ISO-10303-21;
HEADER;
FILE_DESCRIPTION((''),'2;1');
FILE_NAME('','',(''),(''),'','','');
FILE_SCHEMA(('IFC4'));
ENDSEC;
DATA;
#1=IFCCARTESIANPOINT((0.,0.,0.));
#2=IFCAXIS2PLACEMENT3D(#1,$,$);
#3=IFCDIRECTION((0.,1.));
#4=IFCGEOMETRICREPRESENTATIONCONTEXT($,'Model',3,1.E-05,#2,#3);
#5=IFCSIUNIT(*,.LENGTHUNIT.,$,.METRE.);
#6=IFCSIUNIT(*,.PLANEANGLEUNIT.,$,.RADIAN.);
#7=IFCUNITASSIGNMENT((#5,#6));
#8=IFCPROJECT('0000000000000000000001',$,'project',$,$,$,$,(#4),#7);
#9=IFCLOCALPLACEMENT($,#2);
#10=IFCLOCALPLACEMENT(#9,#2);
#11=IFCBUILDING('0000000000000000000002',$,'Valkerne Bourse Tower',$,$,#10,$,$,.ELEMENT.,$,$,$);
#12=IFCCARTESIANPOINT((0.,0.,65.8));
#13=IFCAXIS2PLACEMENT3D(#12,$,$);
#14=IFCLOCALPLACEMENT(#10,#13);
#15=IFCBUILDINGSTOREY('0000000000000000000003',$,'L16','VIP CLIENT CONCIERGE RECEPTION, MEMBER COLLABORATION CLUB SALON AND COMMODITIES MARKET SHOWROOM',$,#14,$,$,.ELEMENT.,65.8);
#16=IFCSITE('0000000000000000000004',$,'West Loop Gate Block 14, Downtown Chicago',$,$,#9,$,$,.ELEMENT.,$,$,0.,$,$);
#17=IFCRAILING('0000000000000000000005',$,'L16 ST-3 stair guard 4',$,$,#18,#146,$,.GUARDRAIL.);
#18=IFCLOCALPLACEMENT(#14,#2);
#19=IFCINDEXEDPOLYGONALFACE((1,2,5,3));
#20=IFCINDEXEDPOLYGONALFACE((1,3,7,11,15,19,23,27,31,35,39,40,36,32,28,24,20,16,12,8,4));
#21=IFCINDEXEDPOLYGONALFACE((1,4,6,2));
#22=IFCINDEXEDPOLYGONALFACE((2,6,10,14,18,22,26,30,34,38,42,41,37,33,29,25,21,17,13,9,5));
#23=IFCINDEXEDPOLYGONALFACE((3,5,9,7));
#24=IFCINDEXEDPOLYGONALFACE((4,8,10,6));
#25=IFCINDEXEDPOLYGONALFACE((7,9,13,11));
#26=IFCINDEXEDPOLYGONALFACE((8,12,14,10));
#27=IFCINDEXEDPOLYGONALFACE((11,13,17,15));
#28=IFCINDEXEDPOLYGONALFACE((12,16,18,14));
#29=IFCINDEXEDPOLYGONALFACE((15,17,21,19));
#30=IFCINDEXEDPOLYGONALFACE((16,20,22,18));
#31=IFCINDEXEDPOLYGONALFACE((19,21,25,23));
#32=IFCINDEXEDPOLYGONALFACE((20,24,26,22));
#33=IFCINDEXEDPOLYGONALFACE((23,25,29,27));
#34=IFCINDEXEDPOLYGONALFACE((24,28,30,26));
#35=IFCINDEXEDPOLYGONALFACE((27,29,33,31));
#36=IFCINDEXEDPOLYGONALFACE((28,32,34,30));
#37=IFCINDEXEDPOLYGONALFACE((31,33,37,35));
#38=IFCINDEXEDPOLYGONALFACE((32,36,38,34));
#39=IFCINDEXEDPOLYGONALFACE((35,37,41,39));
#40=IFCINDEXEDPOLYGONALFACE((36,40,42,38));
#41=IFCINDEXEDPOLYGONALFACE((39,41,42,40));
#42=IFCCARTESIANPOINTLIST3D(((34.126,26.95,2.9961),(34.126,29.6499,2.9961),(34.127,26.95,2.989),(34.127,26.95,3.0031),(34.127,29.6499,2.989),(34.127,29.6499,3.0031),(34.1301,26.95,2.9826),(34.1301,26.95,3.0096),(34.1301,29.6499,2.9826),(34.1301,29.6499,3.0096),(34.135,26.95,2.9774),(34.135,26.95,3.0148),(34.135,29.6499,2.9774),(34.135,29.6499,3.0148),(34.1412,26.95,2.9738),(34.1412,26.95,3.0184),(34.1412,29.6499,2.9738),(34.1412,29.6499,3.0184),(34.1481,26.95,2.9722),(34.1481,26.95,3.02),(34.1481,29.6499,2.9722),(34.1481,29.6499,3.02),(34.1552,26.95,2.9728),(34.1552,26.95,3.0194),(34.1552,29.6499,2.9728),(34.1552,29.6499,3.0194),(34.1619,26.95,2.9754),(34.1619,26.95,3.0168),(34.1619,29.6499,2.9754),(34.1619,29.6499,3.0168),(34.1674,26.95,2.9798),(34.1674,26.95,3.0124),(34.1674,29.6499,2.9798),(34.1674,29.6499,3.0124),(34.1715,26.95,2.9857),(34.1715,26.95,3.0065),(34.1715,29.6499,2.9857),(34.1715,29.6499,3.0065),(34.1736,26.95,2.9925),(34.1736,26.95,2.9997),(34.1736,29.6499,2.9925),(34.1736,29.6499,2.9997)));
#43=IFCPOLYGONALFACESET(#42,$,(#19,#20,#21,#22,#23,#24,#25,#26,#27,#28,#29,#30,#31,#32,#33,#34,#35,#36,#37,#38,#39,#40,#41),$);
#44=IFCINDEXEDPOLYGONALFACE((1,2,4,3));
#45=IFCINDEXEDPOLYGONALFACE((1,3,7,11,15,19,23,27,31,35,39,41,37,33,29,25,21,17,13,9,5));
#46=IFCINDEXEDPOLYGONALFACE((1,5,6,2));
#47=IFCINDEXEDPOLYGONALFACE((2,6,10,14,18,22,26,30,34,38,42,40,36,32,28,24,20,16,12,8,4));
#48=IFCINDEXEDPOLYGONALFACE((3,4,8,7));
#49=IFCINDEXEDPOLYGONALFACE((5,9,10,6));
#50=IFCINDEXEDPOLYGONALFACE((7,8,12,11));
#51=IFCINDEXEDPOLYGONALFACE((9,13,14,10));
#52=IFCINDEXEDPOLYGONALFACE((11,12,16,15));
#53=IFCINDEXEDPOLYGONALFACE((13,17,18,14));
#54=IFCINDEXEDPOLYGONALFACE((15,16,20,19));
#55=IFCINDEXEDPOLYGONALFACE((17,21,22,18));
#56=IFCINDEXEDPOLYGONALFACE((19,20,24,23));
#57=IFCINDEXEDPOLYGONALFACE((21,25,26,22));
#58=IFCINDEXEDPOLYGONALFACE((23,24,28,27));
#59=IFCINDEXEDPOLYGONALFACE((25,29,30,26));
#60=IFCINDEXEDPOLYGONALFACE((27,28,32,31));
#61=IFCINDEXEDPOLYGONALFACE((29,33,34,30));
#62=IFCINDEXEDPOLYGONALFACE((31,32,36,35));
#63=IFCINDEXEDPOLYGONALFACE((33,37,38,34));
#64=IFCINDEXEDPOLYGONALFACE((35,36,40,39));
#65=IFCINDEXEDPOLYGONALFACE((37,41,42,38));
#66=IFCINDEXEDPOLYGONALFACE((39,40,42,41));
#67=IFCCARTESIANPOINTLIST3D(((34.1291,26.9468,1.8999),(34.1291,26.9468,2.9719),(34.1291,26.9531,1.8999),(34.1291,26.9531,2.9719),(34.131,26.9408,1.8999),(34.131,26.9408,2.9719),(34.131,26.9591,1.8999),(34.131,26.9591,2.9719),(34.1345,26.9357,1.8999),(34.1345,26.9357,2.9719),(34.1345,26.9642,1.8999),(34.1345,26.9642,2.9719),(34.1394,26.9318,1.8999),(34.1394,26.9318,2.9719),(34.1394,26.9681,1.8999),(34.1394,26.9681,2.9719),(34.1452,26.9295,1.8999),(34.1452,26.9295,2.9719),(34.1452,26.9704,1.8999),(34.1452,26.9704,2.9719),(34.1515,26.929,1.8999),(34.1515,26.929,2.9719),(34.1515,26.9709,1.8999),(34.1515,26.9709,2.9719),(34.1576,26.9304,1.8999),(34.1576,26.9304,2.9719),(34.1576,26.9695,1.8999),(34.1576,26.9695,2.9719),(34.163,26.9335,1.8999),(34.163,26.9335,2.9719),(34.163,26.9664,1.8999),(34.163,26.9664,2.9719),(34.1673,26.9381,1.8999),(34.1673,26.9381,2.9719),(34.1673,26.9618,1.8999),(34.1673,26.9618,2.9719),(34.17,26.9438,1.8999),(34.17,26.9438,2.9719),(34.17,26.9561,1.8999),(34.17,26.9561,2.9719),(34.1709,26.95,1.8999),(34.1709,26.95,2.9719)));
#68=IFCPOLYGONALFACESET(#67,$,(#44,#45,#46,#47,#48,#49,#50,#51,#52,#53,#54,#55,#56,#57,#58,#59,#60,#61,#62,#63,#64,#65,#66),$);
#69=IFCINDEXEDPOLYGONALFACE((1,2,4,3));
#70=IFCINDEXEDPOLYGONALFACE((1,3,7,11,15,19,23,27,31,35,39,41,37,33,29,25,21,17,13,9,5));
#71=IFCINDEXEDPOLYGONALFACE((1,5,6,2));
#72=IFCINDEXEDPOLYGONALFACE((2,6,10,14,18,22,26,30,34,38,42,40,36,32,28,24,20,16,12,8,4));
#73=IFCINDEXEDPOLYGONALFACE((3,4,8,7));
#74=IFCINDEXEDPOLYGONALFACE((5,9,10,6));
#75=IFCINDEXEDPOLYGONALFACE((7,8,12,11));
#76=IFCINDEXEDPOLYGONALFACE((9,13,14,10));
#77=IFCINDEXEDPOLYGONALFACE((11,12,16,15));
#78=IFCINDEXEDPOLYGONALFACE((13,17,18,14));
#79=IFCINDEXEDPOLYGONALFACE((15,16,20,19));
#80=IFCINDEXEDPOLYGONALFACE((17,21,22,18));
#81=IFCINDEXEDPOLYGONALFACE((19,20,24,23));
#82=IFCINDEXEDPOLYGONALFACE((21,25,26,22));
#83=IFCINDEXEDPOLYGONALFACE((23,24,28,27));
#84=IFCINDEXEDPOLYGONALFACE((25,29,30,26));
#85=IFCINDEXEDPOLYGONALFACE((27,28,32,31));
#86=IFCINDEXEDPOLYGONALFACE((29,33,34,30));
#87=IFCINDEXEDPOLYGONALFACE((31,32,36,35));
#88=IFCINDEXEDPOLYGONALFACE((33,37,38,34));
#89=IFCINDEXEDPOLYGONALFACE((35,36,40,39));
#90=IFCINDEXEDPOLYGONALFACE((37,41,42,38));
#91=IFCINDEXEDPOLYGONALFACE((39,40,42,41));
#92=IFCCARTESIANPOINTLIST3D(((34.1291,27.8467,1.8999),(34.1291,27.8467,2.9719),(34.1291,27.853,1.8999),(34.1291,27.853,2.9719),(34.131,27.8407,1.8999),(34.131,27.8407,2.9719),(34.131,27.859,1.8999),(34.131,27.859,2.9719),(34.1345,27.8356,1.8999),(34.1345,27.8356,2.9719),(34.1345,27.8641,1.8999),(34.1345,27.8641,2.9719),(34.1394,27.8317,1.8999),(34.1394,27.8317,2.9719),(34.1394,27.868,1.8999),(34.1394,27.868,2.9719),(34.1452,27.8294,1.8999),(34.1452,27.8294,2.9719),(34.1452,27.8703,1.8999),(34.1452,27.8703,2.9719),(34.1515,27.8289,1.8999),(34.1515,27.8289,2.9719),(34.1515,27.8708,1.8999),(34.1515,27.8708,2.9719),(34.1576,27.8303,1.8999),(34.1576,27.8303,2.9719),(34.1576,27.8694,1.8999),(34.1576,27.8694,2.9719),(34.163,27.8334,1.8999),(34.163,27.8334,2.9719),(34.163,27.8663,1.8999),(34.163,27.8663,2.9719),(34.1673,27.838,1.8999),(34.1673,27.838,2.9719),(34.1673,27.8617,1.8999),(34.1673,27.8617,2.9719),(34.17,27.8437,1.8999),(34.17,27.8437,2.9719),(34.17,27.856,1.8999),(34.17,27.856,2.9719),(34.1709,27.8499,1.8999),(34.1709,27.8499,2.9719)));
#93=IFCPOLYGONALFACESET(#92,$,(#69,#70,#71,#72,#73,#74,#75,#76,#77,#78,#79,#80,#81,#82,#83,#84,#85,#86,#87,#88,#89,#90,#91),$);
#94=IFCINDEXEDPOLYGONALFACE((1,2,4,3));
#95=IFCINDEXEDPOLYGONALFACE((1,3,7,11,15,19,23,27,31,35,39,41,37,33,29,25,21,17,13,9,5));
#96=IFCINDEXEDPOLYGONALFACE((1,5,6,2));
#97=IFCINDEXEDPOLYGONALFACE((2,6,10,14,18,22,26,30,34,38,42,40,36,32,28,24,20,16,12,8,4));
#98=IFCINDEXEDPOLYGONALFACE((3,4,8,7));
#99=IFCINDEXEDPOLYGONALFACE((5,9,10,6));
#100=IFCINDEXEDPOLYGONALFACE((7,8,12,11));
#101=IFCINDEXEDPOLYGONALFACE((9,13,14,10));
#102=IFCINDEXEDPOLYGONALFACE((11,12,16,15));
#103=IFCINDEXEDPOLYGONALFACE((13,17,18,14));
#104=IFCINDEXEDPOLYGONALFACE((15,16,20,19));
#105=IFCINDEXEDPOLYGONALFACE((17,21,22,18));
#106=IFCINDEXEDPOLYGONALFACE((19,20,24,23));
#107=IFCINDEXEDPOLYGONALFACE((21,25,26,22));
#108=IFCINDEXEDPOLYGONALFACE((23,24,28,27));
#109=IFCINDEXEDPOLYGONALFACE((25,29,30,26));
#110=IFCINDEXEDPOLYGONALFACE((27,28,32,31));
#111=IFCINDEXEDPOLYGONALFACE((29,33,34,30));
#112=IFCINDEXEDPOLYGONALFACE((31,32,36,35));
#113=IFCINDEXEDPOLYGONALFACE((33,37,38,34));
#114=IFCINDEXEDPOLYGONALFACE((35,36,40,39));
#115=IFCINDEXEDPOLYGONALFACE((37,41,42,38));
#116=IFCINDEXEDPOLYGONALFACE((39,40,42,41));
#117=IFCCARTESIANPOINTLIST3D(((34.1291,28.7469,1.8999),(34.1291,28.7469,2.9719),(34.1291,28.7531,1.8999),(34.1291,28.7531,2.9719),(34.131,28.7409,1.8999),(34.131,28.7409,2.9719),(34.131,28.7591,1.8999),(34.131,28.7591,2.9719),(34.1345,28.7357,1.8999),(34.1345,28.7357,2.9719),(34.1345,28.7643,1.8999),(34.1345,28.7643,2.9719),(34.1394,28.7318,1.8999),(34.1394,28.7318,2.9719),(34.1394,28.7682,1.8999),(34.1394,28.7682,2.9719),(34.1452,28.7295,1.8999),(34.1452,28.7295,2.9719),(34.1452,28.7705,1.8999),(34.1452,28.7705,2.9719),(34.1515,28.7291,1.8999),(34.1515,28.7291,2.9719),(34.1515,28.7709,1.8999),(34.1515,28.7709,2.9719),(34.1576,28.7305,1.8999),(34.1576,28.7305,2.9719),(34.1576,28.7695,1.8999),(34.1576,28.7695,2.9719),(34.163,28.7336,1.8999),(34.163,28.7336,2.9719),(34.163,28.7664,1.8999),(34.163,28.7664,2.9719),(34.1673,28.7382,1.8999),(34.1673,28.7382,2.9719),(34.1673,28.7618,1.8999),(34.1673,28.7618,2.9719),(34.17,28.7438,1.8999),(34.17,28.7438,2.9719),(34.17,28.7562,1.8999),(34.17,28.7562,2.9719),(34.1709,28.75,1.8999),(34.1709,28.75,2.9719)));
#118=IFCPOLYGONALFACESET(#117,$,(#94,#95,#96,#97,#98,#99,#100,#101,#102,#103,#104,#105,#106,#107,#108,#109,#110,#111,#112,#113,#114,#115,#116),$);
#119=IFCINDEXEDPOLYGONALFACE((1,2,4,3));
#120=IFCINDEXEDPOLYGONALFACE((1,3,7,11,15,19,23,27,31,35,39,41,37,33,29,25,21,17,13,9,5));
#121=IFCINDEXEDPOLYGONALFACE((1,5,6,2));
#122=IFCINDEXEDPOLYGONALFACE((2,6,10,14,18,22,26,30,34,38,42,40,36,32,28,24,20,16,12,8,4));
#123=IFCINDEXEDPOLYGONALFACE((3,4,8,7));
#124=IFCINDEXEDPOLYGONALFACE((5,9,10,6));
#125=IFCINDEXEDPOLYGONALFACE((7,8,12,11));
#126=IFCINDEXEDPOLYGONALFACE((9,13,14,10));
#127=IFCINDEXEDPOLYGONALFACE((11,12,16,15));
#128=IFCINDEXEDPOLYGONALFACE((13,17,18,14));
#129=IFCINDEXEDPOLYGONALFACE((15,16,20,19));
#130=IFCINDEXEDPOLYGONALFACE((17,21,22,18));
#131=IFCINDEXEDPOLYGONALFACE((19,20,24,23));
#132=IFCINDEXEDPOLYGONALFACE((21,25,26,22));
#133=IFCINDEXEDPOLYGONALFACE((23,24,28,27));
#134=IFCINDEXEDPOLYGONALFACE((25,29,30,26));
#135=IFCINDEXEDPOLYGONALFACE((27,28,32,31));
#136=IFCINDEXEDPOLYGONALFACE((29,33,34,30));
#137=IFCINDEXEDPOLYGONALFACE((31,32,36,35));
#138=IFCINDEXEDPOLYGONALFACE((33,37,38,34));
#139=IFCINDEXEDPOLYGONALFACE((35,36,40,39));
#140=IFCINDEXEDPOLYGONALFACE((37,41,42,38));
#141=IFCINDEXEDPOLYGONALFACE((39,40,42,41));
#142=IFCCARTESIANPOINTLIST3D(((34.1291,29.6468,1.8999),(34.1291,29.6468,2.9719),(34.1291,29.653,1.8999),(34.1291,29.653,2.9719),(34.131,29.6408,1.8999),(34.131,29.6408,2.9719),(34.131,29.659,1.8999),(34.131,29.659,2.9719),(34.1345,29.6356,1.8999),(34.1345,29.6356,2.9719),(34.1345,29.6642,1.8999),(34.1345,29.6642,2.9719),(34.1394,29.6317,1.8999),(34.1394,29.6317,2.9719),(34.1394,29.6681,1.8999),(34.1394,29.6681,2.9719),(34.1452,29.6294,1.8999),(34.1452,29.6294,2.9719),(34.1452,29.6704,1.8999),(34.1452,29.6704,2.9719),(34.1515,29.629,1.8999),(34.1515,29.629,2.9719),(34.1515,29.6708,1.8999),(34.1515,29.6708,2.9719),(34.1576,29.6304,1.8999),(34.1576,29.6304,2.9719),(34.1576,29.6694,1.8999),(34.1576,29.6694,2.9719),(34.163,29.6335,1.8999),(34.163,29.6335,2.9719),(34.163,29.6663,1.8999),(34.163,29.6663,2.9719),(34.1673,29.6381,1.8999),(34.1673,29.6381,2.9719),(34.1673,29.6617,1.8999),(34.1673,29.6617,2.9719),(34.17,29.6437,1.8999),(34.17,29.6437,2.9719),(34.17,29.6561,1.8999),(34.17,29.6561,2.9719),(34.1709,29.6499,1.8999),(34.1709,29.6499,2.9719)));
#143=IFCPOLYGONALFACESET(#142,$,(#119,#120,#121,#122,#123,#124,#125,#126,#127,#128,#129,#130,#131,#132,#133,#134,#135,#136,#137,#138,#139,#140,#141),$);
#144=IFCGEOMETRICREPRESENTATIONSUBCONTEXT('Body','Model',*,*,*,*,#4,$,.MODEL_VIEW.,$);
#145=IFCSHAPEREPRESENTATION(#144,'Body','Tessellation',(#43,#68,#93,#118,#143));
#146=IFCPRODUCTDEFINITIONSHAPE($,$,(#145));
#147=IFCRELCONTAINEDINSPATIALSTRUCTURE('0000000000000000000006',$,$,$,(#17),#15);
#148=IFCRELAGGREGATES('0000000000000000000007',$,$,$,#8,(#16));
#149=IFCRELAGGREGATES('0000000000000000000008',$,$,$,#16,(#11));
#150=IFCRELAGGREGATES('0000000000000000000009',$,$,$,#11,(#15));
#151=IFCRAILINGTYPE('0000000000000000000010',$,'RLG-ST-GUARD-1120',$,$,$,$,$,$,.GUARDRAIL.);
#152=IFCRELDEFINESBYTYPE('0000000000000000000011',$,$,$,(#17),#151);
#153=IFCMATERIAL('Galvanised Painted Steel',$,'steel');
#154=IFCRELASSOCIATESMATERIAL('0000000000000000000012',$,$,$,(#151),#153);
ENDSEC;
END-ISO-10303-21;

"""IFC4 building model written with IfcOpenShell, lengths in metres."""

from ifc_helpers import new_model, si_unit, direction, frame, origin, origin_2d, place, context, subcontext, project, spatial, circle, extrude, material, type_object, element, save


model = new_model("IFC4")

# Units and contexts
model_context = context("Model", 3, precision=1e-05, world=origin(), true_north=direction((0.0, 1.0)))
body_context = subcontext(model_context, "Body", "Model", "MODEL_VIEW")
ifc_project = project(units=[si_unit("LENGTHUNIT", "METRE"), si_unit("PLANEANGLEUNIT", "RADIAN")], contexts=[model_context])

# Site, building, storey
site_placement = place(None, origin())
site = spatial("IfcSite", under=ifc_project, at=site_placement, Name="West Loop Gate Block 14, Downtown Chicago", CompositionType="ELEMENT", RefElevation=0.0)
building_placement = place(site_placement, origin())
building = spatial("IfcBuilding", under=site, at=building_placement, Name="Valkerne Bourse Tower", CompositionType="ELEMENT")
storey_placement = place(building_placement, frame((0.0, 0.0, 65.8)))
storey = spatial("IfcBuildingStorey", under=building, at=storey_placement, Name="L16", Description="VIP CLIENT CONCIERGE RECEPTION, MEMBER COLLABORATION CLUB SALON AND COMMODITIES MARKET SHOWROOM", CompositionType="ELEMENT", Elevation=65.8)

# Railing
ifc_material_1 = material(Name="Galvanised Painted Steel", Category="steel")
railing_type_1 = type_object("IfcRailingType", Name="RLG-ST-GUARD-1120", PredefinedType="GUARDRAIL", material=ifc_material_1)
railing_1_placement = place(storey_placement, frame((34.1499, 26.95, 1.8999)))
element("IfcRailing", 1, at=railing_1_placement, inside=storey, type_object=railing_type_1, Name="L16 ST-3 stair guard 4", PredefinedType="GUARDRAIL", context=body_context, shape_type="SweptSolid", body=[
    extrude(circle(Radius=0.0239, at=origin_2d()), frame((0.0, 0.0, 1.0962), z_axis=(0.0, 1.0, 0.0), x_axis=(-1.0, 0.0, 0.0)), (0.0, 0.0, 1.0), 2.7),
    extrude(circle(Radius=0.021, at=origin_2d()), origin(), (0.0, 0.0, 1.0), 1.072),
    extrude(circle(Radius=0.021, at=origin_2d()), frame((0.0, 0.8999, 0.0)), (0.0, 0.0, 1.0), 1.072),
    extrude(circle(Radius=0.021, at=origin_2d()), frame((0.0, 1.8, 0.0)), (0.0, 0.0, 1.0), 1.072),
    extrude(circle(Radius=0.021, at=origin_2d()), frame((0.0, 2.7, 0.0)), (0.0, 0.0, 1.0), 1.072),
])

save(model, "model.ifc")
